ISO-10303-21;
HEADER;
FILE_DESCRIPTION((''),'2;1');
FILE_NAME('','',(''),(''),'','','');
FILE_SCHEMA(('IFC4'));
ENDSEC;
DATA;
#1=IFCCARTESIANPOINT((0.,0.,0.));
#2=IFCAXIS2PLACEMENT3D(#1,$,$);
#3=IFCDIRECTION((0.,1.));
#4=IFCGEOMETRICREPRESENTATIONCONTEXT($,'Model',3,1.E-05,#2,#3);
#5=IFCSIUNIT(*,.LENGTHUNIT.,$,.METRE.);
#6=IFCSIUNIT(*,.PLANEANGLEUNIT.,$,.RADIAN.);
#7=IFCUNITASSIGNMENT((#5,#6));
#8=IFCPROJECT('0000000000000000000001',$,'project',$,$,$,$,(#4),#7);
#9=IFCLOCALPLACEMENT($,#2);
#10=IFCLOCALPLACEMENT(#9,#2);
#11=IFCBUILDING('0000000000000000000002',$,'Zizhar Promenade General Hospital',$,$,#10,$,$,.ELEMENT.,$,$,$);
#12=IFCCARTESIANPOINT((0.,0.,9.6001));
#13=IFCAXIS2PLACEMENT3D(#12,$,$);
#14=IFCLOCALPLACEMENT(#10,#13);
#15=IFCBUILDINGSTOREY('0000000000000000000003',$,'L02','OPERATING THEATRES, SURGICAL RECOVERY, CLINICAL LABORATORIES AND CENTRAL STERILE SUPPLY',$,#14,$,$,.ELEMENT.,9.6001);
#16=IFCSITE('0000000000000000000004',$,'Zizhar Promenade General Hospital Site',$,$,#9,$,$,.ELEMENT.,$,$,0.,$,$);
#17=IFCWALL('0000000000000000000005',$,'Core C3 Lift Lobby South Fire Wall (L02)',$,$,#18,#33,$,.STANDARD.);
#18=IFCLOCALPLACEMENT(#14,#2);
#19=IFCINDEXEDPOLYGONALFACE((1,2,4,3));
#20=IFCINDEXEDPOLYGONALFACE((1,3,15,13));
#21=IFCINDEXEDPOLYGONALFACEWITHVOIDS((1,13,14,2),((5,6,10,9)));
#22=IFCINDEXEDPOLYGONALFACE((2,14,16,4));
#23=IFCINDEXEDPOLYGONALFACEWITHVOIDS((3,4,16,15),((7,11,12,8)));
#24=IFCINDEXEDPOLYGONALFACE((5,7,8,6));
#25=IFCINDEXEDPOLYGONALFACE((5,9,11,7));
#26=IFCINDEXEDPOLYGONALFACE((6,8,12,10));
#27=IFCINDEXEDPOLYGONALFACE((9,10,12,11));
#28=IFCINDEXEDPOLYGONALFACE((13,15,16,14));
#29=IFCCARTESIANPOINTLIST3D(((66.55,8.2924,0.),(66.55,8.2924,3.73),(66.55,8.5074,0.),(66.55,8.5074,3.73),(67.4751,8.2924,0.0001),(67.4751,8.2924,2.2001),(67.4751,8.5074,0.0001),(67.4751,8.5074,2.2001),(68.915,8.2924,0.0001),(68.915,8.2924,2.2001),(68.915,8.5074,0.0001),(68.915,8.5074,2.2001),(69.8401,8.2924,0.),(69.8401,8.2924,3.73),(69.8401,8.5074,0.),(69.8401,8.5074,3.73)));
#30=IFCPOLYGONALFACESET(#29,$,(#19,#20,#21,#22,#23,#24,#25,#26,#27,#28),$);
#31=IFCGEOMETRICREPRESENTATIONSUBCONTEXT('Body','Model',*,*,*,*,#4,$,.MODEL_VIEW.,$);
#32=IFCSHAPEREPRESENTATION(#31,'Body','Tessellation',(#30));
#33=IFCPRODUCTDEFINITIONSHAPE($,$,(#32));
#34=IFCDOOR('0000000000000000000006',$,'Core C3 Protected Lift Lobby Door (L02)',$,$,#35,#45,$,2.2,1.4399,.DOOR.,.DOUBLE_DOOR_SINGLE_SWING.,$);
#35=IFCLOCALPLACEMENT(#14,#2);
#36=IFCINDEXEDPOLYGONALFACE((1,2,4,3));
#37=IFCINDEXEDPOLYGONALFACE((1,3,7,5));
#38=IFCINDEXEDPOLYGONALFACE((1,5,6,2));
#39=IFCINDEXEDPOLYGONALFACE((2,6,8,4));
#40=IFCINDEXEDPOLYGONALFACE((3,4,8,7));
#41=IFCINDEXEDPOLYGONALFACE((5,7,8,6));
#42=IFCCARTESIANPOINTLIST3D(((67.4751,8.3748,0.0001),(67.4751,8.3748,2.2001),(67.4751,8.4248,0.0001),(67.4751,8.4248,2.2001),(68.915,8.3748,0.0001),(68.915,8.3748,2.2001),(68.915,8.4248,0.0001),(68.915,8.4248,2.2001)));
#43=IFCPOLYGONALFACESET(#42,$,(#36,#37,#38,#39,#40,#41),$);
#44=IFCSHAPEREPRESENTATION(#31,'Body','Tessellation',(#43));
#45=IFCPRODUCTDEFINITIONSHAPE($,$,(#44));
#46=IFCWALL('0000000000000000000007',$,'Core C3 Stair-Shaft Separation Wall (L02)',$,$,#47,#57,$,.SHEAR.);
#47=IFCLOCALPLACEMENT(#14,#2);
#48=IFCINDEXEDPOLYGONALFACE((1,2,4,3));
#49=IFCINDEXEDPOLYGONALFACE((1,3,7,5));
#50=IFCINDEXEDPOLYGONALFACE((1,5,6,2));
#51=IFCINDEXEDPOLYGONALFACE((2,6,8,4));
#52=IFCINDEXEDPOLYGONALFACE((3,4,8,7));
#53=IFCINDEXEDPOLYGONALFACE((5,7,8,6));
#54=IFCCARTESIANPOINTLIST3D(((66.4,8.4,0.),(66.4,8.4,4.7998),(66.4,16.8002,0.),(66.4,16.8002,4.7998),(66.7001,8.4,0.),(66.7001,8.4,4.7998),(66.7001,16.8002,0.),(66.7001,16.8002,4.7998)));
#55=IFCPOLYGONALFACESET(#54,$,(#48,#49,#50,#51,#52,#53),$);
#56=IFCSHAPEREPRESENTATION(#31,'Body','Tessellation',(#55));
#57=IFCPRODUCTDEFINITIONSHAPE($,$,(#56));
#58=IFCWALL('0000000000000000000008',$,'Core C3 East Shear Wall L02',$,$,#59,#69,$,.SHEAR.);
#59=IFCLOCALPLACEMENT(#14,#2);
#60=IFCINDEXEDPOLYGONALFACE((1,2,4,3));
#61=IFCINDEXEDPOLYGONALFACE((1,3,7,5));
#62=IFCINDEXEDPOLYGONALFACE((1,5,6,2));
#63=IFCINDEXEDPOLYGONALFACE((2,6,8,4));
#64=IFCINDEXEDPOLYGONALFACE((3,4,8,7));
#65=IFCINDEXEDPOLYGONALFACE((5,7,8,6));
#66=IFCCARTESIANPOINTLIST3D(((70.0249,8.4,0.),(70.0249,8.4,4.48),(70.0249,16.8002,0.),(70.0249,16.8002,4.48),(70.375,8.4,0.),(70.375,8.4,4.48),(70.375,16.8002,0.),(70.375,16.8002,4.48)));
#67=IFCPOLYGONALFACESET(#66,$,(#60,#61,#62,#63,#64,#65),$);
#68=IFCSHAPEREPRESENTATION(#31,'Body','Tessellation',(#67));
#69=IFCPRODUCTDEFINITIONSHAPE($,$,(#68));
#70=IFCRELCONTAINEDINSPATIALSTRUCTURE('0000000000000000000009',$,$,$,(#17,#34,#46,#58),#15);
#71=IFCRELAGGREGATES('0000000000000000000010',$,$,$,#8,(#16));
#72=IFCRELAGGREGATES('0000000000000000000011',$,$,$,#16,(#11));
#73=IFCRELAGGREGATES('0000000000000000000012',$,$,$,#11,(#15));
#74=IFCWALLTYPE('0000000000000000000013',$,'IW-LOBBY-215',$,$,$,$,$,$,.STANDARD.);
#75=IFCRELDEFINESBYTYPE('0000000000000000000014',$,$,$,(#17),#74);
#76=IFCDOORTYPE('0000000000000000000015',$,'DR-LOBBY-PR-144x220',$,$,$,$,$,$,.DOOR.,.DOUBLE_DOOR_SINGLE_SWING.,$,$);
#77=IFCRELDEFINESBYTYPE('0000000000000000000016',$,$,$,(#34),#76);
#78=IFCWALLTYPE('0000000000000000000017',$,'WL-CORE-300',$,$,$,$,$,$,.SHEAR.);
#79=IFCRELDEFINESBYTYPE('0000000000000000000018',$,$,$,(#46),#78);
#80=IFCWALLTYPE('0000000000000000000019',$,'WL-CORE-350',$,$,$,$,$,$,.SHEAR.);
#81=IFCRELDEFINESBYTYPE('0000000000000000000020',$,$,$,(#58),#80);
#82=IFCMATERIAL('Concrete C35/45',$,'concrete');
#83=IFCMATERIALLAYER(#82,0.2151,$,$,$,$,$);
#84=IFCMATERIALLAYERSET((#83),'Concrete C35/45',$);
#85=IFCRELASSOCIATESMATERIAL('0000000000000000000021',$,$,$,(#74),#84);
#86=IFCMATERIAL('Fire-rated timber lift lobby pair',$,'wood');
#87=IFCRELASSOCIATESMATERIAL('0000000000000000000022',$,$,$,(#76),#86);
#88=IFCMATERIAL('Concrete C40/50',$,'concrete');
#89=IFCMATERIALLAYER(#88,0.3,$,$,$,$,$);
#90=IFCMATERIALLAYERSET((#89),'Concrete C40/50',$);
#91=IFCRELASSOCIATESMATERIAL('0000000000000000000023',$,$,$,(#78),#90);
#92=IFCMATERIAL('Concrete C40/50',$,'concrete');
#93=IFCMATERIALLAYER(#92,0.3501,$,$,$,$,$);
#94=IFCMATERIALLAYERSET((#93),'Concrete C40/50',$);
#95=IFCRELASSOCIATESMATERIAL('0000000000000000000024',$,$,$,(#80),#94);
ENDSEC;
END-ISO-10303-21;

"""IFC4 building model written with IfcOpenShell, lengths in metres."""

from ifc_helpers import new_model, si_unit, direction, frame, frame_2d, origin, place, context, subcontext, project, spatial, rectangle, extrude, material, layer, layer_set, type_object, element, fill, save


model = new_model("IFC4")

# Units and contexts
model_context = context("Model", 3, precision=1e-05, world=origin(), true_north=direction((0.0, 1.0)))
body_context = subcontext(model_context, "Body", "Model", "MODEL_VIEW")
ifc_project = project(units=[si_unit("LENGTHUNIT", "METRE"), si_unit("PLANEANGLEUNIT", "RADIAN")], contexts=[model_context])

# Site, building, storey
site_placement = place(None, origin())
site = spatial("IfcSite", under=ifc_project, at=site_placement, Name="Zizhar Promenade General Hospital Site", CompositionType="ELEMENT", RefElevation=0.0)
building_placement = place(site_placement, origin())
building = spatial("IfcBuilding", under=site, at=building_placement, Name="Zizhar Promenade General Hospital", CompositionType="ELEMENT")
storey_placement = place(building_placement, frame((0.0, 0.0, 9.6001)))
storey = spatial("IfcBuildingStorey", under=building, at=storey_placement, Name="L02", Description="OPERATING THEATRES, SURGICAL RECOVERY, CLINICAL LABORATORIES AND CENTRAL STERILE SUPPLY", CompositionType="ELEMENT", Elevation=9.6001)

# Wall, opening, door
ifc_material_1 = material(Name="Concrete C35/45", Category="concrete")
ifc_layer_1 = layer(ifc_material_1, 0.2151)
ifc_layer_set_1 = layer_set([ifc_layer_1], Name="Concrete C35/45")
wall_type_1 = type_object("IfcWallType", Name="IW-LOBBY-215", PredefinedType="STANDARD", material=ifc_layer_set_1)
wall_1_placement = place(storey_placement, frame((66.55, 8.3999, 0.0), z_axis=(0.0, 0.0, 1.0), x_axis=(1.0, 0.0, 0.0)))
wall_1 = element("IfcWall", 1, at=wall_1_placement, inside=storey, type_object=wall_type_1, Name="Core C3 Lift Lobby South Fire Wall (L02)", PredefinedType="STANDARD", context=body_context, shape_type="SweptSolid", body=[
    extrude(rectangle(XDim=3.29, YDim=0.2151, at=frame_2d((1.645, 0.0))), origin(), (0.0, 0.0, 1.0), 3.73),
])
opening_placement = place(wall_1_placement, frame((0.925, 0.0, 0.0)))
opening = element("IfcOpeningElement", 2, at=opening_placement, cuts=wall_1, PredefinedType="OPENING", context=body_context, shape_type="SweptSolid", body=[
    extrude(rectangle(XDim=1.4399, YDim=2.2, at=frame_2d((0.72, 1.1001))), frame((0.0, 0.1177, 0.0), z_axis=(0.0, -1.0, 0.0), x_axis=(1.0, 0.0, 0.0)), (0.0, 0.0, 1.0), 0.2351),
])
ifc_material_2 = material(Name="Fire-rated timber lift lobby pair", Category="wood")
door_type = type_object("IfcDoorType", Name="DR-LOBBY-PR-144x220", OperationType="DOUBLE_DOOR_SINGLE_SWING", PredefinedType="DOOR", material=ifc_material_2)
door_placement = place(opening_placement, origin())
door = element("IfcDoor", 3, at=door_placement, inside=storey, type_object=door_type, Name="Core C3 Protected Lift Lobby Door (L02)", OperationType="DOUBLE_DOOR_SINGLE_SWING", OverallHeight=2.2, OverallWidth=1.4399, PredefinedType="DOOR", context=body_context, shape_type="SweptSolid", body=[
    extrude(rectangle(XDim=1.4399, YDim=2.2, at=frame_2d((0.72, 1.1001))), frame((0.0, 0.0249, 0.0), z_axis=(0.0, -1.0, 0.0), x_axis=(1.0, 0.0, 0.0)), (0.0, 0.0, 1.0), 0.05),
])
fill(opening, door)

# Walls
ifc_material_3 = material(Name="Concrete C40/50", Category="concrete")
ifc_layer_2 = layer(ifc_material_3, 0.3)
ifc_layer_set_2 = layer_set([ifc_layer_2], Name="Concrete C40/50")
wall_type_2 = type_object("IfcWallType", Name="WL-CORE-300", PredefinedType="SHEAR", material=ifc_layer_set_2)
wall_2_placement = place(storey_placement, frame((66.55, 8.3999, 0.0), z_axis=(0.0, 0.0, 1.0), x_axis=(0.0, 1.0, 0.0)))
element("IfcWall", 4, at=wall_2_placement, inside=storey, type_object=wall_type_2, Name="Core C3 Stair-Shaft Separation Wall (L02)", PredefinedType="SHEAR", context=body_context, shape_type="SweptSolid", body=[
    extrude(rectangle(XDim=8.4001, YDim=0.3, at=frame_2d((4.2002, 0.0))), origin(), (0.0, 0.0, 1.0), 4.7998),
])
ifc_material_4 = material(Name="Concrete C40/50", Category="concrete")
ifc_layer_3 = layer(ifc_material_4, 0.3501)
ifc_layer_set_3 = layer_set([ifc_layer_3], Name="Concrete C40/50")
wall_type_3 = type_object("IfcWallType", Name="WL-CORE-350", PredefinedType="SHEAR", material=ifc_layer_set_3)
wall_3_placement = place(storey_placement, frame((70.2, 8.3999, 0.0), z_axis=(0.0, 0.0, 1.0), x_axis=(0.0, 1.0, 0.0)))
element("IfcWall", 5, at=wall_3_placement, inside=storey, type_object=wall_type_3, Name="Core C3 East Shear Wall L02", PredefinedType="SHEAR", context=body_context, shape_type="SweptSolid", body=[
    extrude(rectangle(XDim=8.4001, YDim=0.3501, at=frame_2d((4.2002, 0.0))), origin(), (0.0, 0.0, 1.0), 4.48),
])

save(model, "model.ifc")
